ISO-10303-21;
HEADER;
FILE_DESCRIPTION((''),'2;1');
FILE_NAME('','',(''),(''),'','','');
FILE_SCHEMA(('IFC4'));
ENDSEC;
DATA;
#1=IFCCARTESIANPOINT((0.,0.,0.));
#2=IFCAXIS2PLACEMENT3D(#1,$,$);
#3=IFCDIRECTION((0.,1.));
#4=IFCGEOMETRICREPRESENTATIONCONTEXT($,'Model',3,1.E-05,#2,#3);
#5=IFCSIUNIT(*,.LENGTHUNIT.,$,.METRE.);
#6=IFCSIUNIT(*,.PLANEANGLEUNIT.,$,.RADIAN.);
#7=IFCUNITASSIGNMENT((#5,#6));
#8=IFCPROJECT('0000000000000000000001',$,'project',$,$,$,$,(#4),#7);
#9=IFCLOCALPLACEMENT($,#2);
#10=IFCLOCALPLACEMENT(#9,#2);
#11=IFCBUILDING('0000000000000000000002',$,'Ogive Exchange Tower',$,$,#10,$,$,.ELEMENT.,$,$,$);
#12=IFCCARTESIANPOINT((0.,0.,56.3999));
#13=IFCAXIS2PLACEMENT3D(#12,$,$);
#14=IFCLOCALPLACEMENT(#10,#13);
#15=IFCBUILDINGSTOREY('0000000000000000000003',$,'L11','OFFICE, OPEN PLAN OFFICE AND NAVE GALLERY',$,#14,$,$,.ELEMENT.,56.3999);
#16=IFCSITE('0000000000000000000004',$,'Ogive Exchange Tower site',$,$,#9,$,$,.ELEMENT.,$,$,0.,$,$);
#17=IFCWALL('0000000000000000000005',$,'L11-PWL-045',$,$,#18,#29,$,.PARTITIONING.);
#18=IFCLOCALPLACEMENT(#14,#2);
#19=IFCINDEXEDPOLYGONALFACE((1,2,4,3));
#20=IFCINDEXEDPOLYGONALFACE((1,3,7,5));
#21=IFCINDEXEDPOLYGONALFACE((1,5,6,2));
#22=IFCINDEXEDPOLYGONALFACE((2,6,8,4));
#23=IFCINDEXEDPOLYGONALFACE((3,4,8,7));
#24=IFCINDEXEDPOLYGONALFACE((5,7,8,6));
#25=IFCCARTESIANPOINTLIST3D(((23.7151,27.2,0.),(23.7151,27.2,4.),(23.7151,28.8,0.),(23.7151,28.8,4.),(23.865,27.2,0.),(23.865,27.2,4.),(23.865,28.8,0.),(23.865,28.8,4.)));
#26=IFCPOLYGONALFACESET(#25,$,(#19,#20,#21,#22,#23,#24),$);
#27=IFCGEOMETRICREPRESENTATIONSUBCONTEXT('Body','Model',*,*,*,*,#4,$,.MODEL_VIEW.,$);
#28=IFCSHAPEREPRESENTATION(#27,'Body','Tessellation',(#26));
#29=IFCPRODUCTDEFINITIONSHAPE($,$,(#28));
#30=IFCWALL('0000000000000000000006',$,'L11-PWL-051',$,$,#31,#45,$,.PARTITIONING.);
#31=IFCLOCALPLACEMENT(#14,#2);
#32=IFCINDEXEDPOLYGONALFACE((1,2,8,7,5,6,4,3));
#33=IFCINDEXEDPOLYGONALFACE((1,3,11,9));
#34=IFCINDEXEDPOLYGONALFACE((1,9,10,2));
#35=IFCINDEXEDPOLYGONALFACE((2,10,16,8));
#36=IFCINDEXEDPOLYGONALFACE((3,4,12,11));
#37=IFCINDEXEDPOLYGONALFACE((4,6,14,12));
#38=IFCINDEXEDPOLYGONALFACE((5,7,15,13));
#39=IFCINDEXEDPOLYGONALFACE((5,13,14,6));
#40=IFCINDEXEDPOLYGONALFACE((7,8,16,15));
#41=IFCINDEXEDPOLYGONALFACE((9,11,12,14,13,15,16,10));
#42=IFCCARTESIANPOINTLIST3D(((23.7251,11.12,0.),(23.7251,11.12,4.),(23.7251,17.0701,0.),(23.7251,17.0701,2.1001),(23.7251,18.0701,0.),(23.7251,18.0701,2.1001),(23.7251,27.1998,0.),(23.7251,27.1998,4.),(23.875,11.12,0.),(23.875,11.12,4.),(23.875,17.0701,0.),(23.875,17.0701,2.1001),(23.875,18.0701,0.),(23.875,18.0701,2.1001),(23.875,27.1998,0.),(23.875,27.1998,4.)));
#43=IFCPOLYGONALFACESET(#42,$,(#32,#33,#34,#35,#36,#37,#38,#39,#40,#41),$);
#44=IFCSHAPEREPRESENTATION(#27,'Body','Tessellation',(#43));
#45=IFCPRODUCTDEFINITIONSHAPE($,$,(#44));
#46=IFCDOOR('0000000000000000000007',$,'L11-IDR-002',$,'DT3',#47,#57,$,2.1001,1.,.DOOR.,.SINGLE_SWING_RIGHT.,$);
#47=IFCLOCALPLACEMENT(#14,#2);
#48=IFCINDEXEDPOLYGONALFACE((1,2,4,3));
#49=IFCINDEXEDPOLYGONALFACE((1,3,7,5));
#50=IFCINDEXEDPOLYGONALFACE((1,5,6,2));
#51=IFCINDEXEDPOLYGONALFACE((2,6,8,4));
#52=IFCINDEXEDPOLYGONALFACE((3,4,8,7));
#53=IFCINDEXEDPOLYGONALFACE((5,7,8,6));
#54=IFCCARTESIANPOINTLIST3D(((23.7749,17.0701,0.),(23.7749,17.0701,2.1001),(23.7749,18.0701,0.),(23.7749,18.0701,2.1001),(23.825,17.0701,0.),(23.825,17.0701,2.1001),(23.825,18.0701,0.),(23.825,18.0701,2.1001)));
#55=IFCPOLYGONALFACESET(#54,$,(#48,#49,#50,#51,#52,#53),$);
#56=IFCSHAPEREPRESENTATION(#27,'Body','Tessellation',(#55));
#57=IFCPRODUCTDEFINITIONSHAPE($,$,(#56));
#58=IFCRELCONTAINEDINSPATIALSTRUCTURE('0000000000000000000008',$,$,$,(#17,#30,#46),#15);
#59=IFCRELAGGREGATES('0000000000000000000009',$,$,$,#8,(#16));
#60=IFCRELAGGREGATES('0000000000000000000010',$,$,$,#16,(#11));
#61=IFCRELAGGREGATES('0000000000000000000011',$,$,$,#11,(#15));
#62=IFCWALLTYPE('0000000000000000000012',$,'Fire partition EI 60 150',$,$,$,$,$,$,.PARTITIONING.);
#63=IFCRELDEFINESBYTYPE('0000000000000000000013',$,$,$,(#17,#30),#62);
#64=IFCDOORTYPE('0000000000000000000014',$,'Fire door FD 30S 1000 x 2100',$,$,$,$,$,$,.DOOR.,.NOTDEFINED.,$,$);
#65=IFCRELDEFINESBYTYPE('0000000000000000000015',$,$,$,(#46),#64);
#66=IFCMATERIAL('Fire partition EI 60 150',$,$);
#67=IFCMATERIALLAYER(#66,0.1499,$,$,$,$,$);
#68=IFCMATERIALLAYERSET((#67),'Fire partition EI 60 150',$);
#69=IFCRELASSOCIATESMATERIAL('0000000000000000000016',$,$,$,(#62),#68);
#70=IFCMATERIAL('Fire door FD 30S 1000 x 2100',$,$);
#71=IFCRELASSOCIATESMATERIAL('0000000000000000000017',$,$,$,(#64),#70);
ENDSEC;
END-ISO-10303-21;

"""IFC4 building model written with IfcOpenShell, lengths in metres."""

from ifc_helpers import new_model, si_unit, direction, frame, frame_2d, origin, place, context, subcontext, project, spatial, rectangle, extrude, material, layer, layer_set, type_object, element, fill, save


model = new_model("IFC4")

# Units and contexts
model_context = context("Model", 3, precision=1e-05, world=origin(), true_north=direction((0.0, 1.0)))
body_context = subcontext(model_context, "Body", "Model", "MODEL_VIEW")
ifc_project = project(units=[si_unit("LENGTHUNIT", "METRE"), si_unit("PLANEANGLEUNIT", "RADIAN")], contexts=[model_context])

# Site, building, storey
site_placement = place(None, origin())
site = spatial("IfcSite", under=ifc_project, at=site_placement, Name="Ogive Exchange Tower site", CompositionType="ELEMENT", RefElevation=0.0)
building_placement = place(site_placement, origin())
building = spatial("IfcBuilding", under=site, at=building_placement, Name="Ogive Exchange Tower", CompositionType="ELEMENT")
storey_placement = place(building_placement, frame((0.0, 0.0, 56.3999)))
storey = spatial("IfcBuildingStorey", under=building, at=storey_placement, Name="L11", Description="OFFICE, OPEN PLAN OFFICE AND NAVE GALLERY", CompositionType="ELEMENT", Elevation=56.3999)

# Wall
ifc_material_1 = material(Name="Fire partition EI 60 150")
ifc_layer_1 = layer(ifc_material_1, 0.1499)
ifc_layer_set_1 = layer_set([ifc_layer_1], Name="Fire partition EI 60 150")
wall_type_1 = type_object("IfcWallType", Name="Fire partition EI 60 150", PredefinedType="PARTITIONING", material=ifc_layer_set_1)
wall_1_placement = place(storey_placement, frame((23.79, 28.8, 0.0), z_axis=(0.0, 0.0, 1.0), x_axis=(0.0, -1.0, 0.0)))
element("IfcWall", 1, at=wall_1_placement, inside=storey, type_object=wall_type_1, Name="L11-PWL-045", PredefinedType="PARTITIONING", context=body_context, shape_type="SweptSolid", body=[
    extrude(rectangle(XDim=1.6001, YDim=0.1499, at=frame_2d((0.8, 0.0))), origin(), (0.0, 0.0, 1.0), 4.0),
])

# Wall, opening, door
wall_2_placement = place(storey_placement, frame((23.8, 27.2, 0.0), z_axis=(0.0, 0.0, 1.0), x_axis=(0.0, -1.0, 0.0)))
wall_2 = element("IfcWall", 2, at=wall_2_placement, inside=storey, type_object=wall_type_1, Name="L11-PWL-051", PredefinedType="PARTITIONING", context=body_context, shape_type="SweptSolid", body=[
    extrude(rectangle(XDim=16.0798, YDim=0.1499, at=frame_2d((8.04, 0.0))), origin(), (0.0, 0.0, 1.0), 4.0),
])
opening_1_placement = place(wall_2_placement, frame((9.1299, 0.0, 0.0)))
opening_1 = element("IfcOpeningElement", 3, at=opening_1_placement, cuts=wall_2, PredefinedType="OPENING", context=body_context, shape_type="SweptSolid", body=[
    extrude(rectangle(XDim=1.0, YDim=2.1001, at=frame_2d((0.5, 1.05))), frame((0.0, 0.085, 0.0), z_axis=(0.0, -1.0, 0.0), x_axis=(1.0, 0.0, 0.0)), (0.0, 0.0, 1.0), 0.1699),
])
ifc_material_2 = material(Name="Fire door FD 30S 1000 x 2100")
door_type_1 = type_object("IfcDoorType", Name="Fire door FD 30S 1000 x 2100", OperationType="NOTDEFINED", PredefinedType="DOOR", material=ifc_material_2)
door_1_placement = place(opening_1_placement, origin())
door_1 = element("IfcDoor", 4, at=door_1_placement, inside=storey, type_object=door_type_1, Name="L11-IDR-002", ObjectType="DT3", OperationType="SINGLE_SWING_RIGHT", OverallHeight=2.1001, OverallWidth=1.0, PredefinedType="DOOR", context=body_context, shape_type="SweptSolid", body=[
    extrude(rectangle(XDim=1.0, YDim=2.1001, at=frame_2d((0.5, 1.05))), frame((0.0, 0.0249, 0.0), z_axis=(0.0, -1.0, 0.0), x_axis=(1.0, 0.0, 0.0)), (0.0, 0.0, 1.0), 0.05),
])
fill(opening_1, door_1)

save(model, "model.ifc")
